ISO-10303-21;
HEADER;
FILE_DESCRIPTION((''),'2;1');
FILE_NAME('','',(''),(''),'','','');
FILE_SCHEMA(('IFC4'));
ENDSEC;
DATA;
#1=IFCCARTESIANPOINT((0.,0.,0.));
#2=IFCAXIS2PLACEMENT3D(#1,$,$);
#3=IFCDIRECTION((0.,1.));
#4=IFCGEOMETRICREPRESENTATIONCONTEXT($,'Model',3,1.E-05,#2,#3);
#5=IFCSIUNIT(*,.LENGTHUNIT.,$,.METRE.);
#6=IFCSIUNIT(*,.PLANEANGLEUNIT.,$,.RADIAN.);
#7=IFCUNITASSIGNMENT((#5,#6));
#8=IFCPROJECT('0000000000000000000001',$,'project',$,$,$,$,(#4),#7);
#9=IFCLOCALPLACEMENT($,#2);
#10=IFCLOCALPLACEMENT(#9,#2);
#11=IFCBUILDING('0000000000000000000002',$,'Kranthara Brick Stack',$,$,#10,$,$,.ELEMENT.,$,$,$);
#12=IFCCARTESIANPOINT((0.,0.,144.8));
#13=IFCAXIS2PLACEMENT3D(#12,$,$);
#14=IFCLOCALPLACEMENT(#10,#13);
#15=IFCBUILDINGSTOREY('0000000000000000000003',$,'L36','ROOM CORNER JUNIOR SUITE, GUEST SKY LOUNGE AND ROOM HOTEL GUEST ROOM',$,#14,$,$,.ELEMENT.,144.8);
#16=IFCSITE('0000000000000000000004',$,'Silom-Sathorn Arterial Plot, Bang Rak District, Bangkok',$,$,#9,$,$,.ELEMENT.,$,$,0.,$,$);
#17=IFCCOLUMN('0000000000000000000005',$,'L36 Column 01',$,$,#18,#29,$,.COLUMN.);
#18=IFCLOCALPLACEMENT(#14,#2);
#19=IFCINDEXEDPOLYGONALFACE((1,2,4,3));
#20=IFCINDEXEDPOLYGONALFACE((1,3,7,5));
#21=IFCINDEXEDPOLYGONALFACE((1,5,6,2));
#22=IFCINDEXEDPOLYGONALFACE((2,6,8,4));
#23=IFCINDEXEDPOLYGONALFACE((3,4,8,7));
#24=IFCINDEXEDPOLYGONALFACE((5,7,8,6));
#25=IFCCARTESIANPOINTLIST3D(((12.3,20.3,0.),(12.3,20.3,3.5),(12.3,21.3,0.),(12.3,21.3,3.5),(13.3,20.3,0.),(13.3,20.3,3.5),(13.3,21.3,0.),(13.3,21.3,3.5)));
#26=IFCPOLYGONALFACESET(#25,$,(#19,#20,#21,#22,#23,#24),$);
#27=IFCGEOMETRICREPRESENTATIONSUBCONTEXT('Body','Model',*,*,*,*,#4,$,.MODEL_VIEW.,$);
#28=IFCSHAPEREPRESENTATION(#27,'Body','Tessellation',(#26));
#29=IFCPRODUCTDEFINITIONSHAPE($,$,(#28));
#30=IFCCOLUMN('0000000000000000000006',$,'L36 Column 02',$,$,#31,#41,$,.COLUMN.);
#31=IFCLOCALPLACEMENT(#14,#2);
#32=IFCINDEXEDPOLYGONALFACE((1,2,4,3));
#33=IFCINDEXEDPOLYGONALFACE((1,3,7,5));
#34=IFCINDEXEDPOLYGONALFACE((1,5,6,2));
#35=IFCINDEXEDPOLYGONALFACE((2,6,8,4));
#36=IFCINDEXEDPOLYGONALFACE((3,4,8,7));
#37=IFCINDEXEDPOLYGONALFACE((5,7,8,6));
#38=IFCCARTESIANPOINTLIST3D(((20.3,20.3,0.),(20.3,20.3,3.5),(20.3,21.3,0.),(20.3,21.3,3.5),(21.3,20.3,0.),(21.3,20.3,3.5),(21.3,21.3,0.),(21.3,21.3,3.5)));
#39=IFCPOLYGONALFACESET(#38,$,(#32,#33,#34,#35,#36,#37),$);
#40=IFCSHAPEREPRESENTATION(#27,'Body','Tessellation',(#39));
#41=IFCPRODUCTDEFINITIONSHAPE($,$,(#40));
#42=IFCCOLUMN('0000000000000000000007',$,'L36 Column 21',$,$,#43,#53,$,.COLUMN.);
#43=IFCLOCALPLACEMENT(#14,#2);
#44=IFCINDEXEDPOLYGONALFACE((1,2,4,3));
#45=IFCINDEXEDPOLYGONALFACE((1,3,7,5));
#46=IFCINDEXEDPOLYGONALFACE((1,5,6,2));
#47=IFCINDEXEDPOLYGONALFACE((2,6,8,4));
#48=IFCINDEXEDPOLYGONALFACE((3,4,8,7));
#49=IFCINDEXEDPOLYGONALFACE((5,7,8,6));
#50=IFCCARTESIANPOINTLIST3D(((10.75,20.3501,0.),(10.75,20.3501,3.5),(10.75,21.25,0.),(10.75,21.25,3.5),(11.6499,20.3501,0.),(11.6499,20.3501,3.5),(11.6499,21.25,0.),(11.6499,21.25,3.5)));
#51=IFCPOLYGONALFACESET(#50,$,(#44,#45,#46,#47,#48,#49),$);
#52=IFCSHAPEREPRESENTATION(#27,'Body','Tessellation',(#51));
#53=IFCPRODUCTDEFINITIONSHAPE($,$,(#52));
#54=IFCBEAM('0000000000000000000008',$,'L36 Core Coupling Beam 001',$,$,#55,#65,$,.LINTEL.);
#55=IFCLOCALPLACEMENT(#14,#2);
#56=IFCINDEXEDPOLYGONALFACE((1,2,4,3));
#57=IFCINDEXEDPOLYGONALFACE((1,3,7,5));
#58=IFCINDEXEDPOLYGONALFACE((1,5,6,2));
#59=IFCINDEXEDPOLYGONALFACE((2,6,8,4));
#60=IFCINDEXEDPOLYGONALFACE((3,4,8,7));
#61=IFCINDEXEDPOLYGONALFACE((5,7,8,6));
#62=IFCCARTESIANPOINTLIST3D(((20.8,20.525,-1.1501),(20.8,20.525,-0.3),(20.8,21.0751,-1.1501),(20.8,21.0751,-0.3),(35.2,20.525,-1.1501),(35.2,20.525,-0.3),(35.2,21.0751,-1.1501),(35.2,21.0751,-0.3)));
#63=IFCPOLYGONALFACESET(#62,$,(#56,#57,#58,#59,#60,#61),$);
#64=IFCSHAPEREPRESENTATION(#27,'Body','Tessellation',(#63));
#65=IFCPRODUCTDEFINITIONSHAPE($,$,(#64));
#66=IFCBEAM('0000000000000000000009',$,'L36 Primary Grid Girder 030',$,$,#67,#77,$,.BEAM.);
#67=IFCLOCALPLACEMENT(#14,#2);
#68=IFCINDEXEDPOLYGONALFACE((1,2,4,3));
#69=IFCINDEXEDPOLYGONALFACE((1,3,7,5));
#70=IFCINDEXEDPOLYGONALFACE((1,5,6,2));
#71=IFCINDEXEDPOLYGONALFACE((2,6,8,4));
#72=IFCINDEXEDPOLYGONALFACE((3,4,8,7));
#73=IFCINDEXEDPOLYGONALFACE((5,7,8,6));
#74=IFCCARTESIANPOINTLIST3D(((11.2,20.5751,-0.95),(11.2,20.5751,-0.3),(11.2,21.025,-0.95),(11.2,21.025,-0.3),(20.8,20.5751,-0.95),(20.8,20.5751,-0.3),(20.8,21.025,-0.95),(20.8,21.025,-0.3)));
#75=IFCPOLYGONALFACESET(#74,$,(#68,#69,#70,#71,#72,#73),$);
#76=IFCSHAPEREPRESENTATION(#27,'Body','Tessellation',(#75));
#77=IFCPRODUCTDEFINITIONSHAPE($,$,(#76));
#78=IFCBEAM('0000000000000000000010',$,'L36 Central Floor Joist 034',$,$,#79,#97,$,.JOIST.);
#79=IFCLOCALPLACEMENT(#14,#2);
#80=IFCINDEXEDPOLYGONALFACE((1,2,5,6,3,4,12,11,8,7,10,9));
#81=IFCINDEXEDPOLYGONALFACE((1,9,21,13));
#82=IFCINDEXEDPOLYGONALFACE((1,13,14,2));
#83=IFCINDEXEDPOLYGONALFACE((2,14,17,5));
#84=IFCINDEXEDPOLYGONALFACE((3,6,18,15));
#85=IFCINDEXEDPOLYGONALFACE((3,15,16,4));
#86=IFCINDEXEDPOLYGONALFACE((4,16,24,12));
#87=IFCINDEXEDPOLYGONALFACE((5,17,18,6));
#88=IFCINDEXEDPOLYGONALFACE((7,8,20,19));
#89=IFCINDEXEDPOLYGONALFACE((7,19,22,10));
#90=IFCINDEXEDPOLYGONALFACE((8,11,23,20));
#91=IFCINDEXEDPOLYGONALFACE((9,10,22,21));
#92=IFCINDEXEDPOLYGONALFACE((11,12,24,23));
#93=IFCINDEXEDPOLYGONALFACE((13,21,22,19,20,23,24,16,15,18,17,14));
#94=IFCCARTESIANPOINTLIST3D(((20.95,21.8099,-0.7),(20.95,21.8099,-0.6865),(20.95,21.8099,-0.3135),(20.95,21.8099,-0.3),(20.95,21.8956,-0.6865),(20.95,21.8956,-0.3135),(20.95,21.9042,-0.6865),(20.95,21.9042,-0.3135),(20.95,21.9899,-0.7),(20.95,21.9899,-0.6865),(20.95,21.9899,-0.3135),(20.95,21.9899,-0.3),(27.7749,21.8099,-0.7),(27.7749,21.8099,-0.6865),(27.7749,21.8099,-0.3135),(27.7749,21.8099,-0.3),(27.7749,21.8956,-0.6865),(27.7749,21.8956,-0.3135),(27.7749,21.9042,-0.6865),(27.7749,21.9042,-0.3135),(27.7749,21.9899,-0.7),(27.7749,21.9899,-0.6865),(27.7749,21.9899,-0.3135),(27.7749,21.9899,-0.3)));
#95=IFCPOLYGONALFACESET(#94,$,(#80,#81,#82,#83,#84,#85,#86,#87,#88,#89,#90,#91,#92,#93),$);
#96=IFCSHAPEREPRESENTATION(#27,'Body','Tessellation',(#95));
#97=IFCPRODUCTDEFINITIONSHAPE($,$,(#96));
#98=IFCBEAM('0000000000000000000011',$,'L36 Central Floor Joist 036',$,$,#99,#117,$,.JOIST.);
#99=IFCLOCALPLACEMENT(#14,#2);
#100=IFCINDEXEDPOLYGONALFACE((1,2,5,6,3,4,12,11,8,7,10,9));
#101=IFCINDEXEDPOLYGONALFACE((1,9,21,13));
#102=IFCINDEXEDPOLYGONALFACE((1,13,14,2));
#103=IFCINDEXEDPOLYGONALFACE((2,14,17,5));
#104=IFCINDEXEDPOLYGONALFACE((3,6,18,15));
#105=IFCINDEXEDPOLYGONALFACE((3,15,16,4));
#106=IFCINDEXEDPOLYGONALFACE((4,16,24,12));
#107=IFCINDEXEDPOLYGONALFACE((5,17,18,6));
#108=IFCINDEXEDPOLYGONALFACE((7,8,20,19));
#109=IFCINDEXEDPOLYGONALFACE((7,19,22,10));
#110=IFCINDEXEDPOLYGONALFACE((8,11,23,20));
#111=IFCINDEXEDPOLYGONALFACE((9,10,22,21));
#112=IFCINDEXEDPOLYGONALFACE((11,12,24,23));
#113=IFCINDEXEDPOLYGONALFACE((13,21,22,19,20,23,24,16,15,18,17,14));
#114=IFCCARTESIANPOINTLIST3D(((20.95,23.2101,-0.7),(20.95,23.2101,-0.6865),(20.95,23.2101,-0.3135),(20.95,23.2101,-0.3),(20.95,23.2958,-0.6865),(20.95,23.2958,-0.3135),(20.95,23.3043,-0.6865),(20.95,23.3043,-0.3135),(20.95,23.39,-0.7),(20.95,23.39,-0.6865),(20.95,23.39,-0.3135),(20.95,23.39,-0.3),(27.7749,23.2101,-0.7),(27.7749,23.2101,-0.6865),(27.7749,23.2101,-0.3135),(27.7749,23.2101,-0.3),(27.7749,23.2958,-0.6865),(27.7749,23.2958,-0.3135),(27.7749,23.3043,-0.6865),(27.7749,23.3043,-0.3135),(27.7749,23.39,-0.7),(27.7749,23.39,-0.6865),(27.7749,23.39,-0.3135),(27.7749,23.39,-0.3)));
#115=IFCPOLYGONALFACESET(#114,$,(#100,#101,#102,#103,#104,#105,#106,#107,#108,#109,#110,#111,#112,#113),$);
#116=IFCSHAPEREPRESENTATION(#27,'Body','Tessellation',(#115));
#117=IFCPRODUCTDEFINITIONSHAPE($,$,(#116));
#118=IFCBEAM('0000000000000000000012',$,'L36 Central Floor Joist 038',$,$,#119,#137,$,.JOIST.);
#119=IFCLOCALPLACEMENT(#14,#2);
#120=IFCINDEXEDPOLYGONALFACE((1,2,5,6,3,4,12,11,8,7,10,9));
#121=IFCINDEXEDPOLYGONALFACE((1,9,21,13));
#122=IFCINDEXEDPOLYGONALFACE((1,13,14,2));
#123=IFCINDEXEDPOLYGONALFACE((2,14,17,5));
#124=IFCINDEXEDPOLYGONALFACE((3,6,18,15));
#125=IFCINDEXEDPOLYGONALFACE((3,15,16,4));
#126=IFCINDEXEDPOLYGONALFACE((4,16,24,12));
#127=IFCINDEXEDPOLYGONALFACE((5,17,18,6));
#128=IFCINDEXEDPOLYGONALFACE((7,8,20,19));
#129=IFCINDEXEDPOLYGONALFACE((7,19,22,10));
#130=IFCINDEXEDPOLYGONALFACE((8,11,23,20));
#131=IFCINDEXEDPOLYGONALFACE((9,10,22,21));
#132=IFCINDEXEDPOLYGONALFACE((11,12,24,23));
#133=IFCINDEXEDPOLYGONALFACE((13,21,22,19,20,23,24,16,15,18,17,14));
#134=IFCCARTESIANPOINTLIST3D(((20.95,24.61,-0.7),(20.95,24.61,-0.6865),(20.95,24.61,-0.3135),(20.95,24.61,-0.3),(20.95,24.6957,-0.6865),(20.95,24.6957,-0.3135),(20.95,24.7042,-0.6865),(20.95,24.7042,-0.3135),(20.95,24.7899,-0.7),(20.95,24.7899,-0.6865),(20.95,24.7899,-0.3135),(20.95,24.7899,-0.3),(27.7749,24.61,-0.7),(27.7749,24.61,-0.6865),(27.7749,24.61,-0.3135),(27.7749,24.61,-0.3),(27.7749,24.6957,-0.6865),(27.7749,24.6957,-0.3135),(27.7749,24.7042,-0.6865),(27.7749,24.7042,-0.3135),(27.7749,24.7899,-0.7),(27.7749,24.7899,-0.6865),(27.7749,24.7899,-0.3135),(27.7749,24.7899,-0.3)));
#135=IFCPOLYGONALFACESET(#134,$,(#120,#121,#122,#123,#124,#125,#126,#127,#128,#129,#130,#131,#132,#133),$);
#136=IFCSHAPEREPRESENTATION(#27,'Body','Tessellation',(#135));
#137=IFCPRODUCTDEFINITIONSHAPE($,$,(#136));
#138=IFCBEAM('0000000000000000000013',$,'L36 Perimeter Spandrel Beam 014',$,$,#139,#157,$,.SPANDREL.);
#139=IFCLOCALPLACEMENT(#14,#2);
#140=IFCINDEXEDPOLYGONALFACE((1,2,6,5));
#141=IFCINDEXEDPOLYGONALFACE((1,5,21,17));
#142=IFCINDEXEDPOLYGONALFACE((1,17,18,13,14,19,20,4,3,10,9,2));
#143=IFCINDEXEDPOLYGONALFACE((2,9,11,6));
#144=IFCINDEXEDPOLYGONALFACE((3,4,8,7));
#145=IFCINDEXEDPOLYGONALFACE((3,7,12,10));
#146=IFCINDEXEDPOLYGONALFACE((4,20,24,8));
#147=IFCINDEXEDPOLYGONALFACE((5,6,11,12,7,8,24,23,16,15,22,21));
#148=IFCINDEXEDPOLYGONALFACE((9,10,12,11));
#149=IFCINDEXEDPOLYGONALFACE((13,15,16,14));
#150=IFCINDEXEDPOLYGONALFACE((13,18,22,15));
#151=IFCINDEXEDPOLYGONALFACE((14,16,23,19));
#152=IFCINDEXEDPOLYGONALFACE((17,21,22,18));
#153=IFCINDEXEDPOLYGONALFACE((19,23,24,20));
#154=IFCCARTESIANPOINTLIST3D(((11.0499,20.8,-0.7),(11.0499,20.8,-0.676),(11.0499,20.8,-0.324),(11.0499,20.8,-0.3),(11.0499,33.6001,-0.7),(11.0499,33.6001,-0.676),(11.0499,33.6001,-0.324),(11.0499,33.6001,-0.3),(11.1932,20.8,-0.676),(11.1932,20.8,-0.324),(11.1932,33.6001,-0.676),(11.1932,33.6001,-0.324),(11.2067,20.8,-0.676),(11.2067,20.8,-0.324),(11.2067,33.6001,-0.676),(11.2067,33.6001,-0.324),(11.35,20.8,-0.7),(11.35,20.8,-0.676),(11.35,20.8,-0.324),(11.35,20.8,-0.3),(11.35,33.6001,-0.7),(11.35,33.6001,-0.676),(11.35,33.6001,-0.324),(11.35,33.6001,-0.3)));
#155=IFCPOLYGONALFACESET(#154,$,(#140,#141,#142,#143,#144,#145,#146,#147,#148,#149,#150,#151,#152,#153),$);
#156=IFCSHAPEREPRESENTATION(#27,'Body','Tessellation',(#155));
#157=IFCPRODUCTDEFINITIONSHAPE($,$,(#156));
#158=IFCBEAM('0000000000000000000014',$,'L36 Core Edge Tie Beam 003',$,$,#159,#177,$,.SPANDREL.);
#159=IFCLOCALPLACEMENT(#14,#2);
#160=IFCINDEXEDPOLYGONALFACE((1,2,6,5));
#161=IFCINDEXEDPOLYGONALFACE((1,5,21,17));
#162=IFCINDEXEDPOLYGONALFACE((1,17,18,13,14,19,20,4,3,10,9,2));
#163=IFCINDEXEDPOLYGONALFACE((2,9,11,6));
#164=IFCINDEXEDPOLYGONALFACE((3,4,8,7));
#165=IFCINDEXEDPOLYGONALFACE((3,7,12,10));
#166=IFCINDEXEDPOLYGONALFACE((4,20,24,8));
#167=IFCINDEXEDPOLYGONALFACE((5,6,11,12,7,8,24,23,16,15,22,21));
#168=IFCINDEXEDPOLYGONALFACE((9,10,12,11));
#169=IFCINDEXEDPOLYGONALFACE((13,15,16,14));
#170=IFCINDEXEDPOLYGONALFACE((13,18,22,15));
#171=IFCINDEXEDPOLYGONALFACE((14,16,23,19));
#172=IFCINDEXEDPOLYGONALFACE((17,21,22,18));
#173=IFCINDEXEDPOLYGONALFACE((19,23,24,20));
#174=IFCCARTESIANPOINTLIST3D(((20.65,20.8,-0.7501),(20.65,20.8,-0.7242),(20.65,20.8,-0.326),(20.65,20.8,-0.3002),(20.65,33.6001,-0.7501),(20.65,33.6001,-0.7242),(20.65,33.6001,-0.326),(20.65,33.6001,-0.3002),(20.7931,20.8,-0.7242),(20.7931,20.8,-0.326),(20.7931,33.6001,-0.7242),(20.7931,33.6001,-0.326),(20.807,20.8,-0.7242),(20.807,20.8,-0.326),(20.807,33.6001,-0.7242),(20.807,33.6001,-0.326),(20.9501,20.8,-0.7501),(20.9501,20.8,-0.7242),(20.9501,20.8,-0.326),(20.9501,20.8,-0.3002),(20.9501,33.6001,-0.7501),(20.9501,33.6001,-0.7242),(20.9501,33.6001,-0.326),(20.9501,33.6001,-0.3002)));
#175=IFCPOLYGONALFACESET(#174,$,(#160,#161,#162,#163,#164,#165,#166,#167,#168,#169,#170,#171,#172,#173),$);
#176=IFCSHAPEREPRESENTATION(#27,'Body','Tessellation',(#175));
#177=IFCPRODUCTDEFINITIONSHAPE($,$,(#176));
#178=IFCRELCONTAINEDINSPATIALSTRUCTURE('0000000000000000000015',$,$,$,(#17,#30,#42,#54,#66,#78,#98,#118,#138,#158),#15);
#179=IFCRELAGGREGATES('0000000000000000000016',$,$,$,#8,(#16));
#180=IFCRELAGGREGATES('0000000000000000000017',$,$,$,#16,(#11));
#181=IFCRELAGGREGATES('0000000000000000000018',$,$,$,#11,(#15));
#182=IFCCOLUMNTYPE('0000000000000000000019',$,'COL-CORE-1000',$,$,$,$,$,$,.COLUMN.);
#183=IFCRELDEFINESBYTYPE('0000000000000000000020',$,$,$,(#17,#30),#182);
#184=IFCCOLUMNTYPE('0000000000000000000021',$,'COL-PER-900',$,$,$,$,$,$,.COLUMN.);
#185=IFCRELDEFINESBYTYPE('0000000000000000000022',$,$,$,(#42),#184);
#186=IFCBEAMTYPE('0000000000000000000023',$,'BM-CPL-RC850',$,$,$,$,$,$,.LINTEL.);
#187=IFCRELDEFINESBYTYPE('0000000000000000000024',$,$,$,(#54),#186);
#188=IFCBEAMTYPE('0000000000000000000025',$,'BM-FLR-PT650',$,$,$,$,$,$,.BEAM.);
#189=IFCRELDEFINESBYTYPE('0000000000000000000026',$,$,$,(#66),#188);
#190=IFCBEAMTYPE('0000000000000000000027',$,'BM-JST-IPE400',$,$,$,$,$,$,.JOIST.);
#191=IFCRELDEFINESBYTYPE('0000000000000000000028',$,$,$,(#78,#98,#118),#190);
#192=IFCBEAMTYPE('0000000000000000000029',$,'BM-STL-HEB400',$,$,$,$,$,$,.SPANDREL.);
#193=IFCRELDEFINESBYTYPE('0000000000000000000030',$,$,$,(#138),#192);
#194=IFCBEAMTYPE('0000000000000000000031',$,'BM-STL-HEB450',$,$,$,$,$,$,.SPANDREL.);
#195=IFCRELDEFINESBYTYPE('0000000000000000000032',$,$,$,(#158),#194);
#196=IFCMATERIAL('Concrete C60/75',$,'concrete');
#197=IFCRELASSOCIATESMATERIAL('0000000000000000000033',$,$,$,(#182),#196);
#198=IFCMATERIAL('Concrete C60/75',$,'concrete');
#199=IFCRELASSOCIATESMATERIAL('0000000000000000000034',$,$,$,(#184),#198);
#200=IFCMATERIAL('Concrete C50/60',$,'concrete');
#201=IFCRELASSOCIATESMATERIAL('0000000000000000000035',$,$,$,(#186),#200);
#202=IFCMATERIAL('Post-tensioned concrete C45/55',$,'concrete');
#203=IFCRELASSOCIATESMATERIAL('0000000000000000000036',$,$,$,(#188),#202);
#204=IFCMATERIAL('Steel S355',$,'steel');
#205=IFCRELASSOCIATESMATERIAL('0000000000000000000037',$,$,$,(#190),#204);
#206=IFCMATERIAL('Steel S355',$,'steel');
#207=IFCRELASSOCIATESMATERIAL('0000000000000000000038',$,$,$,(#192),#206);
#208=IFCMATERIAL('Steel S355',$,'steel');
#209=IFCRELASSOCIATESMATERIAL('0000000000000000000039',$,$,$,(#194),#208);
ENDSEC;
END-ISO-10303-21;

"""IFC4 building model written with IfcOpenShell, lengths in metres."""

from ifc_helpers import new_model, si_unit, direction, frame, origin, origin_2d, place, context, subcontext, project, spatial, rectangle, i_section, extrude, material, material_profile, profile_set, type_object, element, save


model = new_model("IFC4")

# Units and contexts
model_context = context("Model", 3, precision=1e-05, world=origin(), true_north=direction((0.0, 1.0)))
body_context = subcontext(model_context, "Body", "Model", "MODEL_VIEW")
ifc_project = project(units=[si_unit("LENGTHUNIT", "METRE"), si_unit("PLANEANGLEUNIT", "RADIAN")], contexts=[model_context])

# Site, building, storey
site_placement = place(None, origin())
site = spatial("IfcSite", under=ifc_project, at=site_placement, Name="Silom-Sathorn Arterial Plot, Bang Rak District, Bangkok", CompositionType="ELEMENT", RefElevation=0.0)
building_placement = place(site_placement, origin())
building = spatial("IfcBuilding", under=site, at=building_placement, Name="Kranthara Brick Stack", CompositionType="ELEMENT")
storey_placement = place(building_placement, frame((0.0, 0.0, 144.8)))
storey = spatial("IfcBuildingStorey", under=building, at=storey_placement, Name="L36", Description="ROOM CORNER JUNIOR SUITE, GUEST SKY LOUNGE AND ROOM HOTEL GUEST ROOM", CompositionType="ELEMENT", Elevation=144.8)

# Columns
ifc_material_1 = material(Name="Concrete C60/75", Category="concrete")
ifc_material_profile_1 = material_profile(ifc_material_1, rectangle(XDim=1.0, YDim=1.0, at=origin_2d()), Name="RC 1000x1000")
ifc_profile_set_1 = profile_set([ifc_material_profile_1], Name="Concrete C60/75")
column_type_1 = type_object("IfcColumnType", Name="COL-CORE-1000", PredefinedType="COLUMN", material=ifc_profile_set_1)
for number, where, z_axis, x_axis, name in (
    (1, (12.8, 20.8, 0.0), (0.0, 0.0, 1.0), (1.0, 0.0, 0.0), "L36 Column 01"),
    (2, (20.8, 20.8, 0.0), (0.0, 0.0, 1.0), (1.0, 0.0, 0.0), "L36 Column 02"),
):
    element("IfcColumn", number, at=place(storey_placement, frame(where, z_axis=z_axis, x_axis=x_axis)), inside=storey, type_object=column_type_1, Name=name, PredefinedType="COLUMN", context=body_context, shape_type="SweptSolid", body=[
        extrude(rectangle(XDim=1.0, YDim=1.0, at=origin_2d()), origin(), (0.0, 0.0, 1.0), 3.5),
    ])
ifc_material_2 = material(Name="Concrete C60/75", Category="concrete")
ifc_material_profile_2 = material_profile(ifc_material_2, rectangle(XDim=0.8999, YDim=0.8999, at=origin_2d()), Name="RC 900x900")
ifc_profile_set_2 = profile_set([ifc_material_profile_2], Name="Concrete C60/75")
column_type_2 = type_object("IfcColumnType", Name="COL-PER-900", PredefinedType="COLUMN", material=ifc_profile_set_2)
column_placement = place(storey_placement, frame((11.2, 20.8, 0.0), z_axis=(0.0, 0.0, 1.0), x_axis=(1.0, 0.0, 0.0)))
element("IfcColumn", 3, at=column_placement, inside=storey, type_object=column_type_2, Name="L36 Column 21", PredefinedType="COLUMN", context=body_context, shape_type="SweptSolid", body=[
    extrude(rectangle(XDim=0.8999, YDim=0.8999, at=origin_2d()), origin(), (0.0, 0.0, 1.0), 3.5),
])

# Beams
ifc_material_3 = material(Name="Concrete C50/60", Category="concrete")
ifc_material_profile_3 = material_profile(ifc_material_3, rectangle(XDim=0.55, YDim=0.8501, at=origin_2d()), Name="RC 550x850")
ifc_profile_set_3 = profile_set([ifc_material_profile_3], Name="Concrete C50/60")
beam_type_1 = type_object("IfcBeamType", Name="BM-CPL-RC850", PredefinedType="LINTEL", material=ifc_profile_set_3)
beam_1_placement = place(storey_placement, frame((20.8, 20.8, -0.7251), z_axis=(1.0, 0.0, 0.0), x_axis=(0.0, 1.0, 0.0)))
element("IfcBeam", 4, at=beam_1_placement, inside=storey, type_object=beam_type_1, Name="L36 Core Coupling Beam 001", PredefinedType="LINTEL", context=body_context, shape_type="SweptSolid", body=[
    extrude(rectangle(XDim=0.55, YDim=0.8501, at=origin_2d()), origin(), (0.0, 0.0, 1.0), 14.3999),
])
ifc_material_4 = material(Name="Post-tensioned concrete C45/55", Category="concrete")
ifc_material_profile_4 = material_profile(ifc_material_4, rectangle(XDim=0.45, YDim=0.6499, at=origin_2d()), Name="PT 450x650")
ifc_profile_set_4 = profile_set([ifc_material_profile_4], Name="Post-tensioned concrete C45/55")
beam_type_2 = type_object("IfcBeamType", Name="BM-FLR-PT650", PredefinedType="BEAM", material=ifc_profile_set_4)
beam_2_placement = place(storey_placement, frame((11.2, 20.8, -0.625), z_axis=(1.0, 0.0, 0.0), x_axis=(0.0, 1.0, 0.0)))
element("IfcBeam", 5, at=beam_2_placement, inside=storey, type_object=beam_type_2, Name="L36 Primary Grid Girder 030", PredefinedType="BEAM", context=body_context, shape_type="SweptSolid", body=[
    extrude(rectangle(XDim=0.45, YDim=0.6499, at=origin_2d()), origin(), (0.0, 0.0, 1.0), 9.6001),
])
ifc_material_5 = material(Name="Steel S355", Category="steel")
ifc_material_profile_5 = material_profile(ifc_material_5, i_section(OverallWidth=0.1799, OverallDepth=0.3999, WebThickness=0.0085, FlangeThickness=0.0134, at=origin_2d()), Name="IPE 400")
ifc_profile_set_5 = profile_set([ifc_material_profile_5], Name="Steel S355")
beam_type_3 = type_object("IfcBeamType", Name="BM-JST-IPE400", PredefinedType="JOIST", material=ifc_profile_set_5)
for number, where, z_axis, x_axis, name in (
    (6, (20.95, 21.8999, -0.5), (1.0, 0.0, 0.0), (0.0, 1.0, 0.0), "L36 Central Floor Joist 034"),
    (7, (20.95, 23.3, -0.5), (1.0, 0.0, 0.0), (0.0, 1.0, 0.0), "L36 Central Floor Joist 036"),
    (8, (20.95, 24.7, -0.5), (1.0, 0.0, 0.0), (0.0, 1.0, 0.0), "L36 Central Floor Joist 038"),
):
    element("IfcBeam", number, at=place(storey_placement, frame(where, z_axis=z_axis, x_axis=x_axis)), inside=storey, type_object=beam_type_3, Name=name, PredefinedType="JOIST", context=body_context, shape_type="SweptSolid", body=[
        extrude(i_section(OverallWidth=0.1799, OverallDepth=0.3999, WebThickness=0.0085, FlangeThickness=0.0134, at=origin_2d()), origin(), (0.0, 0.0, 1.0), 6.825),
    ])
ifc_material_6 = material(Name="Steel S355", Category="steel")
ifc_material_profile_6 = material_profile(ifc_material_6, i_section(OverallWidth=0.3, OverallDepth=0.3999, WebThickness=0.0134, FlangeThickness=0.0239, at=origin_2d()), Name="HEB 400")
ifc_profile_set_6 = profile_set([ifc_material_profile_6], Name="Steel S355")
beam_type_4 = type_object("IfcBeamType", Name="BM-STL-HEB400", PredefinedType="SPANDREL", material=ifc_profile_set_6)
beam_3_placement = place(storey_placement, frame((11.2, 20.8, -0.5), z_axis=(0.0, 1.0, 0.0), x_axis=(-1.0, 0.0, 0.0)))
element("IfcBeam", 9, at=beam_3_placement, inside=storey, type_object=beam_type_4, Name="L36 Perimeter Spandrel Beam 014", PredefinedType="SPANDREL", context=body_context, shape_type="SweptSolid", body=[
    extrude(i_section(OverallWidth=0.3, OverallDepth=0.3999, WebThickness=0.0134, FlangeThickness=0.0239, at=origin_2d()), origin(), (0.0, 0.0, 1.0), 12.8),
])
ifc_material_7 = material(Name="Steel S355", Category="steel")
ifc_material_profile_7 = material_profile(ifc_material_7, i_section(OverallWidth=0.3, OverallDepth=0.45, WebThickness=0.0139, FlangeThickness=0.0259, at=origin_2d()), Name="HEB 450")
ifc_profile_set_7 = profile_set([ifc_material_profile_7], Name="Steel S355")
beam_type_5 = type_object("IfcBeamType", Name="BM-STL-HEB450", PredefinedType="SPANDREL", material=ifc_profile_set_7)
beam_4_placement = place(storey_placement, frame((20.8, 20.8, -0.5251), z_axis=(0.0, 1.0, 0.0), x_axis=(-1.0, 0.0, 0.0)))
element("IfcBeam", 10, at=beam_4_placement, inside=storey, type_object=beam_type_5, Name="L36 Core Edge Tie Beam 003", PredefinedType="SPANDREL", context=body_context, shape_type="SweptSolid", body=[
    extrude(i_section(OverallWidth=0.3, OverallDepth=0.45, WebThickness=0.0139, FlangeThickness=0.0259, at=origin_2d()), origin(), (0.0, 0.0, 1.0), 12.8),
])

save(model, "model.ifc")
